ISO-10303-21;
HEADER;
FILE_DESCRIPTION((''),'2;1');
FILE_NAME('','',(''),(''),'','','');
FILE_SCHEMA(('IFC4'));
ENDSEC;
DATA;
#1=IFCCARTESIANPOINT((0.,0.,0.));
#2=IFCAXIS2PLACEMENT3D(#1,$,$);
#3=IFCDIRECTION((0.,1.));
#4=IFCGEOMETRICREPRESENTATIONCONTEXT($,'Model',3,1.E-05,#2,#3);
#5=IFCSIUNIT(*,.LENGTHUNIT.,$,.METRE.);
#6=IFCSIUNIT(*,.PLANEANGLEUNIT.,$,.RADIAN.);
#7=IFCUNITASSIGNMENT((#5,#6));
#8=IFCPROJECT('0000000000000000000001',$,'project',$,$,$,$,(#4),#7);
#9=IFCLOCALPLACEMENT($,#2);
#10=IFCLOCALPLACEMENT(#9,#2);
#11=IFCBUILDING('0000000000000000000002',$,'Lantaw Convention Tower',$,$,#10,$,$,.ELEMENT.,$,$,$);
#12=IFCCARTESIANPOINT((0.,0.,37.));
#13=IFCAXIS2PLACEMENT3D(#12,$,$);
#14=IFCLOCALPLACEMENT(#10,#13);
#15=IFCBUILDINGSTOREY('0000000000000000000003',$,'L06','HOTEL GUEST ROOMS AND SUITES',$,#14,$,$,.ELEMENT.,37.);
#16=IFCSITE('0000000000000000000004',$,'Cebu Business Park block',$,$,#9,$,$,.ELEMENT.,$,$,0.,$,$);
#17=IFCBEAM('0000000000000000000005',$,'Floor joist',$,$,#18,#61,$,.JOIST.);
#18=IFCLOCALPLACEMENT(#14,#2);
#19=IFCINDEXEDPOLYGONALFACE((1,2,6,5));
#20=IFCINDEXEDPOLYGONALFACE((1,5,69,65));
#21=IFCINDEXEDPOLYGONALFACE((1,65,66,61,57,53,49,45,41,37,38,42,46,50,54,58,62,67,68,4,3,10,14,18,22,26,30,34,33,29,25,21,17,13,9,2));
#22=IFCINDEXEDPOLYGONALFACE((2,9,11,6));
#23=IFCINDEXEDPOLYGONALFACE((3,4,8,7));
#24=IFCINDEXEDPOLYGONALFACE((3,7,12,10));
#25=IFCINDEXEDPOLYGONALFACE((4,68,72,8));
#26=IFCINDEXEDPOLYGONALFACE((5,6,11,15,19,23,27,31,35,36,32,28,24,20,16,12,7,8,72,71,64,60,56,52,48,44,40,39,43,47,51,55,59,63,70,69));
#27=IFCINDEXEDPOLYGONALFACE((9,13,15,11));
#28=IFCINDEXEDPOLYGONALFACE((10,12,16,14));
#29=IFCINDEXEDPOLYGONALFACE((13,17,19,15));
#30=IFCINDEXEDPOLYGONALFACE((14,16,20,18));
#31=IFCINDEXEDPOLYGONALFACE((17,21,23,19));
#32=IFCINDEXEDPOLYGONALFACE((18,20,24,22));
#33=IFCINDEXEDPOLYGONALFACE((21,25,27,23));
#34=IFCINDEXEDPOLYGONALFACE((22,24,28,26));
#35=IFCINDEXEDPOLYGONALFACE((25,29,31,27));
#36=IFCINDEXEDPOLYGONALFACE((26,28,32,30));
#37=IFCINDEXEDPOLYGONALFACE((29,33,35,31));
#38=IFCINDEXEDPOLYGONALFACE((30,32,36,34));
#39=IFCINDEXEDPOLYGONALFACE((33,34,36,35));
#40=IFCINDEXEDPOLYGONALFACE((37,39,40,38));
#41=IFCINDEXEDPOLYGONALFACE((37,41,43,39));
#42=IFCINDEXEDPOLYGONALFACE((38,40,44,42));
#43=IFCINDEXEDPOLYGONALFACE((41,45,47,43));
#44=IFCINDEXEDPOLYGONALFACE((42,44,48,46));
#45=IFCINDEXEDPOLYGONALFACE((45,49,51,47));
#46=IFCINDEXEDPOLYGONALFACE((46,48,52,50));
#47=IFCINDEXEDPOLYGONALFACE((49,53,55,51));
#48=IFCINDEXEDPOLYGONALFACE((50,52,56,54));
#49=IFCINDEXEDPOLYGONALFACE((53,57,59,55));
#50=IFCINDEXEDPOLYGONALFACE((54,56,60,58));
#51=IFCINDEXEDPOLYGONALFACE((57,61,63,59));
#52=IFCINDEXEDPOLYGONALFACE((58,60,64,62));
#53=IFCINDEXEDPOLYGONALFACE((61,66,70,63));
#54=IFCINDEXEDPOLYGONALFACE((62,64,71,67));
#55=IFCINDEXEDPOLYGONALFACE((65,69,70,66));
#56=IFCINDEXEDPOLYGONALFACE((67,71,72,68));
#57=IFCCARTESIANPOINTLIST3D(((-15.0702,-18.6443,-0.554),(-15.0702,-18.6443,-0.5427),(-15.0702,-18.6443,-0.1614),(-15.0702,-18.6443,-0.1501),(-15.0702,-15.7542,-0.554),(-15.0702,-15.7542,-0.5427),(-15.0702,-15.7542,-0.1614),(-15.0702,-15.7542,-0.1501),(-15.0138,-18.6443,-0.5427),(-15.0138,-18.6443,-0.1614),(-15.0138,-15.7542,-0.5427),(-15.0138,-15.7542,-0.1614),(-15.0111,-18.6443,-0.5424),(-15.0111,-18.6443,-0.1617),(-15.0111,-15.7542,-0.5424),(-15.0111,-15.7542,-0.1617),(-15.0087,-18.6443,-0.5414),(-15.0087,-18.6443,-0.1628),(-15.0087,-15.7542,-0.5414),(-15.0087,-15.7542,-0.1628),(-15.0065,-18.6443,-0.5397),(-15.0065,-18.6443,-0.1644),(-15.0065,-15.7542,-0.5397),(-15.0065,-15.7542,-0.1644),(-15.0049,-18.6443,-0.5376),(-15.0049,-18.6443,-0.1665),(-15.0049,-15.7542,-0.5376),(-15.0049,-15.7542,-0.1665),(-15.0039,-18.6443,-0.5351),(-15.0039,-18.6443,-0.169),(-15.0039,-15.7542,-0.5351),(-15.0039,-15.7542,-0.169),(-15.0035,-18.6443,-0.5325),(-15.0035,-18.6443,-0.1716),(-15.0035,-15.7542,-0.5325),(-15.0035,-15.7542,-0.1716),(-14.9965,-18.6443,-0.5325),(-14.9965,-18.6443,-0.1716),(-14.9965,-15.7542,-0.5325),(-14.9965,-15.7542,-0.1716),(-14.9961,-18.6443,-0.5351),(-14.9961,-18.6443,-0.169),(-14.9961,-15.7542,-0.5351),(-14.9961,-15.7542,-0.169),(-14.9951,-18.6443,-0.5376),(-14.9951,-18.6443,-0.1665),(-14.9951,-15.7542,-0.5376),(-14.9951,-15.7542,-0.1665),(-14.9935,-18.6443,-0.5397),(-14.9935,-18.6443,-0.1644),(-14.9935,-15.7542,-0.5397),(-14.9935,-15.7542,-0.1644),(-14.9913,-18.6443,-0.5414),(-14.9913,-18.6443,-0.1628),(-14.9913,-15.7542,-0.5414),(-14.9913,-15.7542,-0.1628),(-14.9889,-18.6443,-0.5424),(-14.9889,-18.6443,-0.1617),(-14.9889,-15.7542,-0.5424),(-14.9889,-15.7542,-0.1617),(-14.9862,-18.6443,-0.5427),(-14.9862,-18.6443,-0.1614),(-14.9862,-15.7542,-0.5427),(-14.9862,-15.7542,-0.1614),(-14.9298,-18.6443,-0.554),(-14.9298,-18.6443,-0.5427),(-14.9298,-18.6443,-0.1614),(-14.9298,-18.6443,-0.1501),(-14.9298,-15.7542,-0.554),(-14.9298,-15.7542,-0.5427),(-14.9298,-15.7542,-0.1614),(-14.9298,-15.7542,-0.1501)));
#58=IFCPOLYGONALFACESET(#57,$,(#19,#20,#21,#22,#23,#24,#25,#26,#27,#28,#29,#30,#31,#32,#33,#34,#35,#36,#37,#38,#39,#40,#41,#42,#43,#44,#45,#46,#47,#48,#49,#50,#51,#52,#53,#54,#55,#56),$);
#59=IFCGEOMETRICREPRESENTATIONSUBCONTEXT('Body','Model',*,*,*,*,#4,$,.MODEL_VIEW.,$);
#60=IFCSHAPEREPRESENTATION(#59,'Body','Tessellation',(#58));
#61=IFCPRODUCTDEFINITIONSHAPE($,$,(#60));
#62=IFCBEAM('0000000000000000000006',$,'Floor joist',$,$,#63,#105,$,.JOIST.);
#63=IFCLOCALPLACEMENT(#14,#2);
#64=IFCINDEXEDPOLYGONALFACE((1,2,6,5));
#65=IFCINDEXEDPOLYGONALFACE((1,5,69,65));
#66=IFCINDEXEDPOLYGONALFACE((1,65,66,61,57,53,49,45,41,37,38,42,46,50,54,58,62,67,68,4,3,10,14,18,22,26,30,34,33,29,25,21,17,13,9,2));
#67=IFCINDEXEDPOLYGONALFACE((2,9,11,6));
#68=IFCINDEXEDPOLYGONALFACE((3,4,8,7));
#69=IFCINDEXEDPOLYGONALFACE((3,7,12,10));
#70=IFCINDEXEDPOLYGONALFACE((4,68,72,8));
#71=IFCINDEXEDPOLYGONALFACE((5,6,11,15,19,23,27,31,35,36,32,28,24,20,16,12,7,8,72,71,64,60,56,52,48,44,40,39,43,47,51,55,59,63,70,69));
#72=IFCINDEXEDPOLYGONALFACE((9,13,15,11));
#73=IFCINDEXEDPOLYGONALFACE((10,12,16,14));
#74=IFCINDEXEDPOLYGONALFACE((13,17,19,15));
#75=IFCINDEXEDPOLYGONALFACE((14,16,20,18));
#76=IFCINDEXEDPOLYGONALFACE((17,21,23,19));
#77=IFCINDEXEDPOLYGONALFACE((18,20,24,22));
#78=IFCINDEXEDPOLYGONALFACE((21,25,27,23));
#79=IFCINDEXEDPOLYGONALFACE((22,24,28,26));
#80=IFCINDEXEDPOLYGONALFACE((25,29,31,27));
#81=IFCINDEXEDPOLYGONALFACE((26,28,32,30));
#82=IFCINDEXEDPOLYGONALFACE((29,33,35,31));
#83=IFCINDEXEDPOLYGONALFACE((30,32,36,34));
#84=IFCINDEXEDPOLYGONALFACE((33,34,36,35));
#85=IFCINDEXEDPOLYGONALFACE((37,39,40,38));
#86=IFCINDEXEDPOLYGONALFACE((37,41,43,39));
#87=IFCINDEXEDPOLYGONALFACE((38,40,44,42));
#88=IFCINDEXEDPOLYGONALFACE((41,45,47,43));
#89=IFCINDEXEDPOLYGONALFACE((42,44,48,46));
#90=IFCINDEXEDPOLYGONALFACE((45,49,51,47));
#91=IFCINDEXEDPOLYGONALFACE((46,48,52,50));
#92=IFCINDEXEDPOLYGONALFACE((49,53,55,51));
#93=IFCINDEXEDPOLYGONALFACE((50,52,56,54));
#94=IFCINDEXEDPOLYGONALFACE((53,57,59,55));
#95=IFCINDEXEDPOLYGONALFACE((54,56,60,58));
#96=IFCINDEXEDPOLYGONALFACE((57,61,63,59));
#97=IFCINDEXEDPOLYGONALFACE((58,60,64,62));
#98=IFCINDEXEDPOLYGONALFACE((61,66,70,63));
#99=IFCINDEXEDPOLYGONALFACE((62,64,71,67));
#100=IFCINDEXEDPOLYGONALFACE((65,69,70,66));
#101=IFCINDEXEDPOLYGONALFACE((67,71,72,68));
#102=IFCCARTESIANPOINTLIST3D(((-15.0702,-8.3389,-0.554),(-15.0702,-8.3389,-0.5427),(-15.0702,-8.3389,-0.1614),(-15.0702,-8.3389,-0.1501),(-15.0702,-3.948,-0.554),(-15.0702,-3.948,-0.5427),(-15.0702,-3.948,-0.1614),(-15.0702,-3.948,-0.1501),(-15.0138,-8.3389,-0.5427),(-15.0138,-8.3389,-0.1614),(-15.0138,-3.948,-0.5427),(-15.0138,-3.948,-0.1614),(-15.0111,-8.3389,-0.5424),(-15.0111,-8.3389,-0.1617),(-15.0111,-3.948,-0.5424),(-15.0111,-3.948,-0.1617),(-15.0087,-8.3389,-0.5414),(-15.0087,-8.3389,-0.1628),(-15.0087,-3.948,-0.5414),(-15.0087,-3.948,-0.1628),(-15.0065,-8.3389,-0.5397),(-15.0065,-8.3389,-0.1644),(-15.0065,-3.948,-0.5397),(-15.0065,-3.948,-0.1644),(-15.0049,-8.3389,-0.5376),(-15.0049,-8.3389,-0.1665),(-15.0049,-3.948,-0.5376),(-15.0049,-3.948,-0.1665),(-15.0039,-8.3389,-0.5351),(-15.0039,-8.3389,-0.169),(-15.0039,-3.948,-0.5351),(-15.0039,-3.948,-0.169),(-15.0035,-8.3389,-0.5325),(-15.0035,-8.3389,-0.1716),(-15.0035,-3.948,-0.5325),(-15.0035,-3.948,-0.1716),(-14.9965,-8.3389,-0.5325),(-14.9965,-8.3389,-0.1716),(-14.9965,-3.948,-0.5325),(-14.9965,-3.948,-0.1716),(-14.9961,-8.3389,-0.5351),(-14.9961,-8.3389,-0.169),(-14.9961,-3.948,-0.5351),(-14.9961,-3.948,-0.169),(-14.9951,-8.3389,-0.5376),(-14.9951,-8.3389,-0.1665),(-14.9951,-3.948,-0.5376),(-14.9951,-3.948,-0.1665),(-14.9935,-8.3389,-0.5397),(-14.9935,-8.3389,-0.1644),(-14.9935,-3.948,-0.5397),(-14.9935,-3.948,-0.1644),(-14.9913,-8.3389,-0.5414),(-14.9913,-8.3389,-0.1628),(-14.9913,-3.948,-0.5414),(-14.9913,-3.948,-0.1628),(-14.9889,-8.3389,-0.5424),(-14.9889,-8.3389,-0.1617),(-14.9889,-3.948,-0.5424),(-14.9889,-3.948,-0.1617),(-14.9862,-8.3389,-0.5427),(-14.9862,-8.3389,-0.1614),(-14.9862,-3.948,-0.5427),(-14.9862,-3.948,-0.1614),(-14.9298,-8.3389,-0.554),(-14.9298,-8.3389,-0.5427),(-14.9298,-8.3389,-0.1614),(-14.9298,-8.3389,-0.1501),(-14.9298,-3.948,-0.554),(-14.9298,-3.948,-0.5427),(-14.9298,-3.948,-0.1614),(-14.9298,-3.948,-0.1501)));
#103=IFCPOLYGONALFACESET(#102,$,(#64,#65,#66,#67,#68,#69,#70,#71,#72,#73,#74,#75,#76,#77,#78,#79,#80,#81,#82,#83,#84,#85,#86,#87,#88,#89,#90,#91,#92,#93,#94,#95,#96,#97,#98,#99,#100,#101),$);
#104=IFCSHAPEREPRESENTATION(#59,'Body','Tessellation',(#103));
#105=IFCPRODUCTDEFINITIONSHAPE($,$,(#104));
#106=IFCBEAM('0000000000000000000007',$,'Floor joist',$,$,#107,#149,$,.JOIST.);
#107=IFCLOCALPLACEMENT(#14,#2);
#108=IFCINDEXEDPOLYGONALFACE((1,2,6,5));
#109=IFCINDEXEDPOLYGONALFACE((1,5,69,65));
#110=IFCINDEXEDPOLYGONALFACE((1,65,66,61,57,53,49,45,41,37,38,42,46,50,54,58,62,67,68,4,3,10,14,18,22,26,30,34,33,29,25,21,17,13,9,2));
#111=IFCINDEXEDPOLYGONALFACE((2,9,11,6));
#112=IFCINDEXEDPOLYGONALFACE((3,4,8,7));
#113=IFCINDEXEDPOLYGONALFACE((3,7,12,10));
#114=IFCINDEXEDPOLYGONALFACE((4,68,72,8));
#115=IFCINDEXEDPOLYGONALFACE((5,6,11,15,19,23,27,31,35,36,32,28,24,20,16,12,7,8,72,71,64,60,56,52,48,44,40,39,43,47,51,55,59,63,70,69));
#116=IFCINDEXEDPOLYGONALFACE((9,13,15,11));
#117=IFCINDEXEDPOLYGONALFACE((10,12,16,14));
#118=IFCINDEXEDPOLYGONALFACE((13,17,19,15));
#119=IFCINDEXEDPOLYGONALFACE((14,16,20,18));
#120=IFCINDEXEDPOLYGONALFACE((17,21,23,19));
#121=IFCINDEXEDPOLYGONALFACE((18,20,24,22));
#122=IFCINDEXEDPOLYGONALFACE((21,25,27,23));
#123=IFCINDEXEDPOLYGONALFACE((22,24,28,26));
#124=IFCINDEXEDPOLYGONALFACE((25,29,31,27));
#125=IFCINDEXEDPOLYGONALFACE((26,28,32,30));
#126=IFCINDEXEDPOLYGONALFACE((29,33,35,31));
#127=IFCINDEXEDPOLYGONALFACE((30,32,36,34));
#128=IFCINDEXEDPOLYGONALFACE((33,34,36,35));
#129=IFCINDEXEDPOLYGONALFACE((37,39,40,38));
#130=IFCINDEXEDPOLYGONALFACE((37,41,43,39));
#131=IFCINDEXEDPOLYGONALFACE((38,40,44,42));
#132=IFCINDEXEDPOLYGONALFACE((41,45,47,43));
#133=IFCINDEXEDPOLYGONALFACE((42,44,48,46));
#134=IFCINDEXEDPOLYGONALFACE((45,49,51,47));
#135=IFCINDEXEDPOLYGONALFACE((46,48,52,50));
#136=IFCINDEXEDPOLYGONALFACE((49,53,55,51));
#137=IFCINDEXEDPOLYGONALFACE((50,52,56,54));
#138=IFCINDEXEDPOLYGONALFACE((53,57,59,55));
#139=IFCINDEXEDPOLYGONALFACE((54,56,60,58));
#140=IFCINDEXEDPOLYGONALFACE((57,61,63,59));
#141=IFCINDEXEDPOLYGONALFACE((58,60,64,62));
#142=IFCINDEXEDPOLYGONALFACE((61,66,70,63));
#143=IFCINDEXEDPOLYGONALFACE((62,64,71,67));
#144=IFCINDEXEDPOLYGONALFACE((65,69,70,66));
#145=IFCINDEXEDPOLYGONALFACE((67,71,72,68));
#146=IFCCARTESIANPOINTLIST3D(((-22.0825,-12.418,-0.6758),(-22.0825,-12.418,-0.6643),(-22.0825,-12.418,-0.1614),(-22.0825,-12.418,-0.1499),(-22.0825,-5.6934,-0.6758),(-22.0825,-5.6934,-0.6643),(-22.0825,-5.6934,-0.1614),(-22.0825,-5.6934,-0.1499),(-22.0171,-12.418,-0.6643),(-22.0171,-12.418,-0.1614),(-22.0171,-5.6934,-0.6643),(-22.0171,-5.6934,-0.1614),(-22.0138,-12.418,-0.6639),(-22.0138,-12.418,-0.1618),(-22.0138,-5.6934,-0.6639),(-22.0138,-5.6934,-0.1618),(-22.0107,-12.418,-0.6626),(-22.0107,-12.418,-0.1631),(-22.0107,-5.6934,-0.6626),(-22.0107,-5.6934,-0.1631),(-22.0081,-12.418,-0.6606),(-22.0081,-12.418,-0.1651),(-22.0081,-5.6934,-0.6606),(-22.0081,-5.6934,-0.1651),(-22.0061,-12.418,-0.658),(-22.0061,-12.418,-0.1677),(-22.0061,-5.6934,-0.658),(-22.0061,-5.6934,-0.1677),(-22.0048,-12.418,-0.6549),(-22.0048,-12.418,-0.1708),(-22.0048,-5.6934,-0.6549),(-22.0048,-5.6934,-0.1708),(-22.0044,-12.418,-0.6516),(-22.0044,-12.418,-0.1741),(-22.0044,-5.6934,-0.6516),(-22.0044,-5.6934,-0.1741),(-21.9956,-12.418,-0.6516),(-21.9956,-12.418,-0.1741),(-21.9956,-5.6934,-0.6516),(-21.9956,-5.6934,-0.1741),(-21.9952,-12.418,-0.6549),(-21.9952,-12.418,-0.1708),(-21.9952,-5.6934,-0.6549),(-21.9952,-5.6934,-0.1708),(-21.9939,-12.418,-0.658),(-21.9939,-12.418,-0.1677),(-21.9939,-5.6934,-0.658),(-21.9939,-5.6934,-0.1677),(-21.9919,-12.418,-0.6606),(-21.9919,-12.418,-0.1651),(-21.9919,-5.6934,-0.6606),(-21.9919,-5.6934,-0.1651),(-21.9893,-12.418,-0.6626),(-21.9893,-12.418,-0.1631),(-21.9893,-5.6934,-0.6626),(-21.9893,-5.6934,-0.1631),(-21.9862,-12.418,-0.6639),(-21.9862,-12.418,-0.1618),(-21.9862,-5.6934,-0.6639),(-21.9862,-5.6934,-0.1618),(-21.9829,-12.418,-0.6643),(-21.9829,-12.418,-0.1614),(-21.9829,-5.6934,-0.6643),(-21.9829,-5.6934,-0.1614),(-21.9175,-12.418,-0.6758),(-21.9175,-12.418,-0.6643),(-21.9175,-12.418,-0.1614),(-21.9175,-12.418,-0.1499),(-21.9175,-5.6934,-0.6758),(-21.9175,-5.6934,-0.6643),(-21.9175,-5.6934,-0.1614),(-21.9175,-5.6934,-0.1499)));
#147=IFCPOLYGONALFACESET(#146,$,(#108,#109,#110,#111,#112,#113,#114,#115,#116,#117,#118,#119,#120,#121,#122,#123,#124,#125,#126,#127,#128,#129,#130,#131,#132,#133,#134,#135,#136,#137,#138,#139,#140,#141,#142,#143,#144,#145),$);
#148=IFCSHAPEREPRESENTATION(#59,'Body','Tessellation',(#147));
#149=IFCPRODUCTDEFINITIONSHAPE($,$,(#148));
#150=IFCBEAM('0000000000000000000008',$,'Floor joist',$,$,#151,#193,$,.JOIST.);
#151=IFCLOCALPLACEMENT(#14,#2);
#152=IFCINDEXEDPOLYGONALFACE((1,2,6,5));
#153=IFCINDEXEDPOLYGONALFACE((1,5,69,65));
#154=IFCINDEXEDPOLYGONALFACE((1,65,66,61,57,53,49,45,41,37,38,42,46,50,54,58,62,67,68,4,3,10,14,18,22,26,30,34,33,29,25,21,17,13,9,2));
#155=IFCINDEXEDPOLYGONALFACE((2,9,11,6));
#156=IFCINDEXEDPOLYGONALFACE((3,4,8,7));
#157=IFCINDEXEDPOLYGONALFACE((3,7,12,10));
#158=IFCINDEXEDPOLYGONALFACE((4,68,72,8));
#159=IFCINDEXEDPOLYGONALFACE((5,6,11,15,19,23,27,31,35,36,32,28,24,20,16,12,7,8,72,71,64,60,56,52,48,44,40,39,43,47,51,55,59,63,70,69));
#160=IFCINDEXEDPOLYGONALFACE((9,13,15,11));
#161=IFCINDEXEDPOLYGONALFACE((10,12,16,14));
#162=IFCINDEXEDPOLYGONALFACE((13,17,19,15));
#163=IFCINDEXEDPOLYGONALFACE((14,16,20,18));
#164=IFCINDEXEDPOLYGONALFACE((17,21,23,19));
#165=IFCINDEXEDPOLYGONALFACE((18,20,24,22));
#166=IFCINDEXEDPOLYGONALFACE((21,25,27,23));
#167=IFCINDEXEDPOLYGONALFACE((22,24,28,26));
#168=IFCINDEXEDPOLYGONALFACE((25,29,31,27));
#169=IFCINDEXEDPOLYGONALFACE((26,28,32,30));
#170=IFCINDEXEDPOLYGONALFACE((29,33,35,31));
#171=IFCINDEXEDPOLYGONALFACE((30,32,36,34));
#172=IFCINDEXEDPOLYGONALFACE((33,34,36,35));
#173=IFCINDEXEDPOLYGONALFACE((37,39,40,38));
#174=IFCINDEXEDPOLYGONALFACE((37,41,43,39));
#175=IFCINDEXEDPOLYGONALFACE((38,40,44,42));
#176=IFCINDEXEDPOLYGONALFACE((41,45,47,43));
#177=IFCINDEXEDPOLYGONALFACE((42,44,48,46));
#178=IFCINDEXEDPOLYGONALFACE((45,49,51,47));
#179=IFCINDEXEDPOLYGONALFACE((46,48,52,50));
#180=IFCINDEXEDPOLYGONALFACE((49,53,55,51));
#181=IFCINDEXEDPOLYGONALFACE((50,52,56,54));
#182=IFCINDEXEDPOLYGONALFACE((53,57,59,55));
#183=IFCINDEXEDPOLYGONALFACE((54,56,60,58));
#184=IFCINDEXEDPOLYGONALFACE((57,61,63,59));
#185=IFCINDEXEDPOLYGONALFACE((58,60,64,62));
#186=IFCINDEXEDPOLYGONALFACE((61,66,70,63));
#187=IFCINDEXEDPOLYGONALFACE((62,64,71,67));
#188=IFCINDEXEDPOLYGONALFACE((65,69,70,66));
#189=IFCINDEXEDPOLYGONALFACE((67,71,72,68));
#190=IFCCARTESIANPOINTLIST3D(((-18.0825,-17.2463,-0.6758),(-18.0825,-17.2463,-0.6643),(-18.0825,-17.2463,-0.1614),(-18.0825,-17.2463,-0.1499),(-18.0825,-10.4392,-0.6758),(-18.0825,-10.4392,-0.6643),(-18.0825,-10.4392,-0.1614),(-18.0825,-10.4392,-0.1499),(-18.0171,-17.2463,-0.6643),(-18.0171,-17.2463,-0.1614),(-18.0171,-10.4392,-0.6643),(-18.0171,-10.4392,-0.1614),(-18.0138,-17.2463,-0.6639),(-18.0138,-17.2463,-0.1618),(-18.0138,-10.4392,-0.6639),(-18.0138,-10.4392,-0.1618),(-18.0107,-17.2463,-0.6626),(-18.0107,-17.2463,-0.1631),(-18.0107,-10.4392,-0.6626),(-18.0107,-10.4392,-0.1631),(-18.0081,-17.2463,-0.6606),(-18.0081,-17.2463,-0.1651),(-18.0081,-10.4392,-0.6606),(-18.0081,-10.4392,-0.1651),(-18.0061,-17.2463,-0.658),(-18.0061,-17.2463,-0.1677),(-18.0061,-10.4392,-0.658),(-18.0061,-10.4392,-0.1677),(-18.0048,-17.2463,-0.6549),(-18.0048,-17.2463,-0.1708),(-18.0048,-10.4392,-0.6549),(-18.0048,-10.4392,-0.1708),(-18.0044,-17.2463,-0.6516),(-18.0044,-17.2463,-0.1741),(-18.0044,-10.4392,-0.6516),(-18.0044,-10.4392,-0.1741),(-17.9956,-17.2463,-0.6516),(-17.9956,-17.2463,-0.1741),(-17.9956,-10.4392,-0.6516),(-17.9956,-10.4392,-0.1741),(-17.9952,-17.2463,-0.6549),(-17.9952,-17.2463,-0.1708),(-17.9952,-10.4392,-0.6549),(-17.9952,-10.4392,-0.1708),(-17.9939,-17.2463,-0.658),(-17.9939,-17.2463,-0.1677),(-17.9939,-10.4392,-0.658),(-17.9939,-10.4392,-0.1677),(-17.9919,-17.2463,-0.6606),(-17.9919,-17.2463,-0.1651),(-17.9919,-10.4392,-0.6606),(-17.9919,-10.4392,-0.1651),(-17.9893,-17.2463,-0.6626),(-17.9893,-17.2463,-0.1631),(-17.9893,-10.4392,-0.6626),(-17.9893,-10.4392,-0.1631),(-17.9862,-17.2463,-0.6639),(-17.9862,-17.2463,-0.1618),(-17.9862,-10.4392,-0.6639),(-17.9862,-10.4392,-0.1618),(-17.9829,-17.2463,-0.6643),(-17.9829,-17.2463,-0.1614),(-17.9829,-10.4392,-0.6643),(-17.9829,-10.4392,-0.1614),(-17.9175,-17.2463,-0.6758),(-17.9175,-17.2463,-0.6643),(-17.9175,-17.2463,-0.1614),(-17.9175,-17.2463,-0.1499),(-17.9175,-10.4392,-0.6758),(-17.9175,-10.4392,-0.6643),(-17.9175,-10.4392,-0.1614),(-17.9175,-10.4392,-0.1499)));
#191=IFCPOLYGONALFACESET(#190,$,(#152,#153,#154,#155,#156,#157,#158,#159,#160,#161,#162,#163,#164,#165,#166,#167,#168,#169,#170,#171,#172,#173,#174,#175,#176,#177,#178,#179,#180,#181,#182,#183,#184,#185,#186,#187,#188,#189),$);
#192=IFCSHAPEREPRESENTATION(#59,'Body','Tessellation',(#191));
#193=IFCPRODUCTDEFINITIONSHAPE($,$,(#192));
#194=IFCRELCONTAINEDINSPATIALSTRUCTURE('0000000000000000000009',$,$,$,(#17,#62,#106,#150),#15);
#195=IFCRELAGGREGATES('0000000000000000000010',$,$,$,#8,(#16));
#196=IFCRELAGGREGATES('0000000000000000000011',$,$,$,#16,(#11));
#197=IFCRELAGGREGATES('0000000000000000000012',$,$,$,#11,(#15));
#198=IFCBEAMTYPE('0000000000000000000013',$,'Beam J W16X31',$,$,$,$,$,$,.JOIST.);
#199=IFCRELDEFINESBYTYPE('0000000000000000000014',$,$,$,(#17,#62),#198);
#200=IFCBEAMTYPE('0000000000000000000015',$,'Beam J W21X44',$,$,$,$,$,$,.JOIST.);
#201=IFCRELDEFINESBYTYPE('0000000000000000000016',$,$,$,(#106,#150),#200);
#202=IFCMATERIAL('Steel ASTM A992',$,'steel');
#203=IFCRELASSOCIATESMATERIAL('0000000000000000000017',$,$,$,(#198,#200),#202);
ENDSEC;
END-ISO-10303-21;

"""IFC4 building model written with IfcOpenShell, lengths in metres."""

from ifc_helpers import new_model, si_unit, direction, frame, origin, origin_2d, place, context, subcontext, project, spatial, i_section, extrude, material, material_profile, profile_set, type_object, element, save


model = new_model("IFC4")

# Units and contexts
model_context = context("Model", 3, precision=1e-05, world=origin(), true_north=direction((0.0, 1.0)))
body_context = subcontext(model_context, "Body", "Model", "MODEL_VIEW")
ifc_project = project(units=[si_unit("LENGTHUNIT", "METRE"), si_unit("PLANEANGLEUNIT", "RADIAN")], contexts=[model_context])

# Site, building, storey
site_placement = place(None, origin())
site = spatial("IfcSite", under=ifc_project, at=site_placement, Name="Cebu Business Park block", CompositionType="ELEMENT", RefElevation=0.0)
building_placement = place(site_placement, origin())
building = spatial("IfcBuilding", under=site, at=building_placement, Name="Lantaw Convention Tower", CompositionType="ELEMENT")
storey_placement = place(building_placement, frame((0.0, 0.0, 37.0)))
storey = spatial("IfcBuildingStorey", under=building, at=storey_placement, Name="L06", Description="HOTEL GUEST ROOMS AND SUITES", CompositionType="ELEMENT", Elevation=37.0)

# Beams
ifc_material_1 = material(Name="Steel ASTM A992", Category="steel")
ifc_material_profile_1 = material_profile(ifc_material_1, i_section(OverallWidth=0.1404, OverallDepth=0.4038, WebThickness=0.0071, FlangeThickness=0.0112, FilletRadius=0.0103, at=origin_2d()), Name="W16X31")
ifc_profile_set_1 = profile_set([ifc_material_profile_1], Name="Steel ASTM A992")
beam_type_1 = type_object("IfcBeamType", Name="Beam J W16X31", PredefinedType="JOIST", material=ifc_profile_set_1)
beam_1_placement = place(storey_placement, frame((-15.0, -18.6443, -0.3521), z_axis=(0.0, 1.0, 0.0), x_axis=(-1.0, 0.0, 0.0)))
element("IfcBeam", 1, at=beam_1_placement, inside=storey, type_object=beam_type_1, Name="Floor joist", PredefinedType="JOIST", context=body_context, shape_type="SweptSolid", body=[
    extrude(i_section(OverallWidth=0.1404, OverallDepth=0.4038, WebThickness=0.0071, FlangeThickness=0.0112, FilletRadius=0.0103, at=origin_2d()), origin(), (0.0, 0.0, 1.0), 2.8901),
])
beam_2_placement = place(storey_placement, frame((-15.0, -8.3389, -0.3521), z_axis=(0.0, 1.0, 0.0), x_axis=(-1.0, 0.0, 0.0)))
element("IfcBeam", 2, at=beam_2_placement, inside=storey, type_object=beam_type_1, Name="Floor joist", PredefinedType="JOIST", context=body_context, shape_type="SweptSolid", body=[
    extrude(i_section(OverallWidth=0.1404, OverallDepth=0.4038, WebThickness=0.0071, FlangeThickness=0.0112, FilletRadius=0.0103, at=origin_2d()), origin(), (0.0, 0.0, 1.0), 4.3909),
])
ifc_material_profile_2 = material_profile(ifc_material_1, i_section(OverallWidth=0.165, OverallDepth=0.5259, WebThickness=0.0088, FlangeThickness=0.0115, FilletRadius=0.0127, at=origin_2d()), Name="W21X44")
ifc_profile_set_2 = profile_set([ifc_material_profile_2], Name="Steel ASTM A992")
beam_type_2 = type_object("IfcBeamType", Name="Beam J W21X44", PredefinedType="JOIST", material=ifc_profile_set_2)
beam_3_placement = place(storey_placement, frame((-22.0, -12.418, -0.4128), z_axis=(0.0, 1.0, 0.0), x_axis=(-1.0, 0.0, 0.0)))
element("IfcBeam", 3, at=beam_3_placement, inside=storey, type_object=beam_type_2, Name="Floor joist", PredefinedType="JOIST", context=body_context, shape_type="SweptSolid", body=[
    extrude(i_section(OverallWidth=0.165, OverallDepth=0.5259, WebThickness=0.0088, FlangeThickness=0.0115, FilletRadius=0.0127, at=origin_2d()), origin(), (0.0, 0.0, 1.0), 6.7246),
])
beam_4_placement = place(storey_placement, frame((-18.0, -17.2463, -0.4128), z_axis=(0.0, 1.0, 0.0), x_axis=(-1.0, 0.0, 0.0)))
element("IfcBeam", 4, at=beam_4_placement, inside=storey, type_object=beam_type_2, Name="Floor joist", PredefinedType="JOIST", context=body_context, shape_type="SweptSolid", body=[
    extrude(i_section(OverallWidth=0.165, OverallDepth=0.5259, WebThickness=0.0088, FlangeThickness=0.0115, FilletRadius=0.0127, at=origin_2d()), origin(), (0.0, 0.0, 1.0), 6.8071),
])

save(model, "model.ifc")
